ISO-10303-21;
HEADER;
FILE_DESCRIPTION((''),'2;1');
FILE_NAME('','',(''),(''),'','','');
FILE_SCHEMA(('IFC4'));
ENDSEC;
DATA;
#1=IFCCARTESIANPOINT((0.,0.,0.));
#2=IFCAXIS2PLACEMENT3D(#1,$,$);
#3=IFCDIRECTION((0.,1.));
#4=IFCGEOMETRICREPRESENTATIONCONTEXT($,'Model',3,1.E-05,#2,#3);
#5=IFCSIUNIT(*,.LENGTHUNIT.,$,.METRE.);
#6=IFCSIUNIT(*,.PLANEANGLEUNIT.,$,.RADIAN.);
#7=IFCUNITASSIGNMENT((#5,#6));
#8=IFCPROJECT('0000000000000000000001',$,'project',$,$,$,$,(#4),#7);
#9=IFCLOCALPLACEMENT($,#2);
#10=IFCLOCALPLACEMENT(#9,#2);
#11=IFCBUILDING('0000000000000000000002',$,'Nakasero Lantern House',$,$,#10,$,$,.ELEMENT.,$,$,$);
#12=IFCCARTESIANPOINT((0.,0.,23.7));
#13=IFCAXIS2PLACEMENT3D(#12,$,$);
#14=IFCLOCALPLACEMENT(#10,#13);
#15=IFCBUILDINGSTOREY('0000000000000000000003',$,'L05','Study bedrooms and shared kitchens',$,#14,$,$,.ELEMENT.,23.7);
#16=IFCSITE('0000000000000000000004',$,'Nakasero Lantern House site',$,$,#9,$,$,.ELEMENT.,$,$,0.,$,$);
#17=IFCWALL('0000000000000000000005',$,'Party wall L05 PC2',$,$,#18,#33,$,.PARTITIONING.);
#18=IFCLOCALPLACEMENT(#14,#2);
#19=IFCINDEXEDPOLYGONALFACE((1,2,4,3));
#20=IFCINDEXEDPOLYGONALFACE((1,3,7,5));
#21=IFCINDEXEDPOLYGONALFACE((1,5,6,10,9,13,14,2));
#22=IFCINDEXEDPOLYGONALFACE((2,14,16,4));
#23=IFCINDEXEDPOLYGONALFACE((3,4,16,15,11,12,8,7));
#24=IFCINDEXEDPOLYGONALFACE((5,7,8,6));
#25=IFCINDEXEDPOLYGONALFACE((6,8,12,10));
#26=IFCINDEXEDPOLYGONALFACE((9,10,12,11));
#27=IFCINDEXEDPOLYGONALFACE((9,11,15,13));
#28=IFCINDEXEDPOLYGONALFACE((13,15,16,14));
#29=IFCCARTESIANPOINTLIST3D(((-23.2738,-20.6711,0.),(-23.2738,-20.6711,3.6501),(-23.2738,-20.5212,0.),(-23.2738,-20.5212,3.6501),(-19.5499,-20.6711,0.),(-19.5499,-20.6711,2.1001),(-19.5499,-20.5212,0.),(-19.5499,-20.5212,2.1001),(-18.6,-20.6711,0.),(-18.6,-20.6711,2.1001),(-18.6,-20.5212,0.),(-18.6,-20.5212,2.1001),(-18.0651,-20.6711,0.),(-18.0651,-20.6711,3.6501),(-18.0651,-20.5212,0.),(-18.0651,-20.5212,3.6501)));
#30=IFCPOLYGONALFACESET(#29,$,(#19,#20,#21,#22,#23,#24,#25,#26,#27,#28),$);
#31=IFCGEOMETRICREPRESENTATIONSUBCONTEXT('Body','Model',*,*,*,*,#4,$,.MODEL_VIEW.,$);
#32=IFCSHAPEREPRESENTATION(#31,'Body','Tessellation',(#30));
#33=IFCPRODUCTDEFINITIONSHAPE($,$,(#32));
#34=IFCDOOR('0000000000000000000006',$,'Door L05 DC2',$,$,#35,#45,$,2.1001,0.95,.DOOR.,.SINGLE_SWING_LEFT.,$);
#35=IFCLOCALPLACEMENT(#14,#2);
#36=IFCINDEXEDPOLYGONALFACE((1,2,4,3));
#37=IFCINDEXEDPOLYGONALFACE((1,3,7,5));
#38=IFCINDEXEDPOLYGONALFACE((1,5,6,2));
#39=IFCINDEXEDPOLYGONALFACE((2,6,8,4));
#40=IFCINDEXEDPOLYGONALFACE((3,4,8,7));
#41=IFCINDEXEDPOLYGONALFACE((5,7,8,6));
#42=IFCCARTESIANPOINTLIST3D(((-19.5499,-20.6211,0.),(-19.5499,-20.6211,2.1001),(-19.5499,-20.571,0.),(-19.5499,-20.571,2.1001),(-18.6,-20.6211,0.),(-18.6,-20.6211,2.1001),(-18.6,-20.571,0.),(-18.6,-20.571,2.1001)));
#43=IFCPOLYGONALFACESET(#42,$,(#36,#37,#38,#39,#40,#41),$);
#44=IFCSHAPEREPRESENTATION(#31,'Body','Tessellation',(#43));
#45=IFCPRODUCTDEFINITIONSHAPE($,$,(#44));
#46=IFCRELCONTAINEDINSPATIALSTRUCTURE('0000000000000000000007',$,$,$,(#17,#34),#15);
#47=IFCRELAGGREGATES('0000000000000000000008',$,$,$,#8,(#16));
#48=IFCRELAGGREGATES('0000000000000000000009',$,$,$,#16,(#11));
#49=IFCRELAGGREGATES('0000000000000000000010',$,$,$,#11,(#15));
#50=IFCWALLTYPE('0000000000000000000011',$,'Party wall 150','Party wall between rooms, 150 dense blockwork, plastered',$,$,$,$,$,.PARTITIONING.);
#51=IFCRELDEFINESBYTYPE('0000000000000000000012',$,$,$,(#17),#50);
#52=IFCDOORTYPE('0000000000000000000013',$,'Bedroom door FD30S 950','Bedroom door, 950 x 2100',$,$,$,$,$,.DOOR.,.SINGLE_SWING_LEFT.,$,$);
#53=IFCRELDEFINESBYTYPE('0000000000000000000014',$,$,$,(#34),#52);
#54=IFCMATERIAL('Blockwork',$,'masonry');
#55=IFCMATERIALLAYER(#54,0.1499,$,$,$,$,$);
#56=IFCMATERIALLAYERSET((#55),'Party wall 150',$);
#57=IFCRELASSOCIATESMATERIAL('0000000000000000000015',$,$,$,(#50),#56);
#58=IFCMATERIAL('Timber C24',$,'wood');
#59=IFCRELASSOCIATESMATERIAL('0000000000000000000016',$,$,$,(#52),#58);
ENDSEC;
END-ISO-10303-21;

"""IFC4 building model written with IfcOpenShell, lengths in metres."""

from ifc_helpers import new_model, si_unit, direction, frame, frame_2d, origin, place, context, subcontext, project, spatial, rectangle, extrude, material, layer, layer_set, type_object, element, fill, save


model = new_model("IFC4")

# Units and contexts
model_context = context("Model", 3, precision=1e-05, world=origin(), true_north=direction((0.0, 1.0)))
body_context = subcontext(model_context, "Body", "Model", "MODEL_VIEW")
ifc_project = project(units=[si_unit("LENGTHUNIT", "METRE"), si_unit("PLANEANGLEUNIT", "RADIAN")], contexts=[model_context])

# Site, building, storey
site_placement = place(None, origin())
site = spatial("IfcSite", under=ifc_project, at=site_placement, Name="Nakasero Lantern House site", CompositionType="ELEMENT", RefElevation=0.0)
building_placement = place(site_placement, origin())
building = spatial("IfcBuilding", under=site, at=building_placement, Name="Nakasero Lantern House", CompositionType="ELEMENT")
storey_placement = place(building_placement, frame((0.0, 0.0, 23.7)))
storey = spatial("IfcBuildingStorey", under=building, at=storey_placement, Name="L05", Description="Study bedrooms and shared kitchens", CompositionType="ELEMENT", Elevation=23.7)

# Wall, opening, door
ifc_material_1 = material(Name="Blockwork", Category="masonry")
ifc_layer_1 = layer(ifc_material_1, 0.1499)
ifc_layer_set_1 = layer_set([ifc_layer_1], Name="Party wall 150")
wall_type_1 = type_object("IfcWallType", Name="Party wall 150", Description="Party wall between rooms, 150 dense blockwork, plastered", PredefinedType="PARTITIONING", material=ifc_layer_set_1)
wall_1_placement = place(storey_placement, frame((-18.0649, -20.5962, 0.0), z_axis=(0.0, 0.0, 1.0), x_axis=(-1.0, 0.0, 0.0)))
wall_1 = element("IfcWall", 1, at=wall_1_placement, inside=storey, type_object=wall_type_1, Name="Party wall L05 PC2", PredefinedType="PARTITIONING", context=body_context, shape_type="SweptSolid", body=[
    extrude(rectangle(XDim=5.2087, YDim=0.1499, at=frame_2d((2.6045, 0.0))), origin(), (0.0, 0.0, 1.0), 3.6501),
])
opening_1_placement = place(wall_1_placement, frame((0.5349, 0.0, 0.0)))
opening_1 = element("IfcOpeningElement", 2, at=opening_1_placement, cuts=wall_1, PredefinedType="OPENING", context=body_context, shape_type="SweptSolid", body=[
    extrude(rectangle(XDim=0.95, YDim=2.1001, at=frame_2d((0.4751, 1.05))), frame((0.0, 0.095, 0.0), z_axis=(0.0, -1.0, 0.0), x_axis=(1.0, 0.0, 0.0)), (0.0, 0.0, 1.0), 0.1899),
])
ifc_material_2 = material(Name="Timber C24", Category="wood")
door_type_1 = type_object("IfcDoorType", Name="Bedroom door FD30S 950", Description="Bedroom door, 950 x 2100", OperationType="SINGLE_SWING_LEFT", PredefinedType="DOOR", material=ifc_material_2)
door_1_placement = place(opening_1_placement, origin())
door_1 = element("IfcDoor", 3, at=door_1_placement, inside=storey, type_object=door_type_1, Name="Door L05 DC2", OperationType="SINGLE_SWING_LEFT", OverallHeight=2.1001, OverallWidth=0.95, PredefinedType="DOOR", context=body_context, shape_type="SweptSolid", body=[
    extrude(rectangle(XDim=0.95, YDim=2.1001, at=frame_2d((0.4751, 1.05))), frame((0.0, 0.0249, 0.0), z_axis=(0.0, -1.0, 0.0), x_axis=(1.0, 0.0, 0.0)), (0.0, 0.0, 1.0), 0.05),
])
fill(opening_1, door_1)

save(model, "model.ifc")
